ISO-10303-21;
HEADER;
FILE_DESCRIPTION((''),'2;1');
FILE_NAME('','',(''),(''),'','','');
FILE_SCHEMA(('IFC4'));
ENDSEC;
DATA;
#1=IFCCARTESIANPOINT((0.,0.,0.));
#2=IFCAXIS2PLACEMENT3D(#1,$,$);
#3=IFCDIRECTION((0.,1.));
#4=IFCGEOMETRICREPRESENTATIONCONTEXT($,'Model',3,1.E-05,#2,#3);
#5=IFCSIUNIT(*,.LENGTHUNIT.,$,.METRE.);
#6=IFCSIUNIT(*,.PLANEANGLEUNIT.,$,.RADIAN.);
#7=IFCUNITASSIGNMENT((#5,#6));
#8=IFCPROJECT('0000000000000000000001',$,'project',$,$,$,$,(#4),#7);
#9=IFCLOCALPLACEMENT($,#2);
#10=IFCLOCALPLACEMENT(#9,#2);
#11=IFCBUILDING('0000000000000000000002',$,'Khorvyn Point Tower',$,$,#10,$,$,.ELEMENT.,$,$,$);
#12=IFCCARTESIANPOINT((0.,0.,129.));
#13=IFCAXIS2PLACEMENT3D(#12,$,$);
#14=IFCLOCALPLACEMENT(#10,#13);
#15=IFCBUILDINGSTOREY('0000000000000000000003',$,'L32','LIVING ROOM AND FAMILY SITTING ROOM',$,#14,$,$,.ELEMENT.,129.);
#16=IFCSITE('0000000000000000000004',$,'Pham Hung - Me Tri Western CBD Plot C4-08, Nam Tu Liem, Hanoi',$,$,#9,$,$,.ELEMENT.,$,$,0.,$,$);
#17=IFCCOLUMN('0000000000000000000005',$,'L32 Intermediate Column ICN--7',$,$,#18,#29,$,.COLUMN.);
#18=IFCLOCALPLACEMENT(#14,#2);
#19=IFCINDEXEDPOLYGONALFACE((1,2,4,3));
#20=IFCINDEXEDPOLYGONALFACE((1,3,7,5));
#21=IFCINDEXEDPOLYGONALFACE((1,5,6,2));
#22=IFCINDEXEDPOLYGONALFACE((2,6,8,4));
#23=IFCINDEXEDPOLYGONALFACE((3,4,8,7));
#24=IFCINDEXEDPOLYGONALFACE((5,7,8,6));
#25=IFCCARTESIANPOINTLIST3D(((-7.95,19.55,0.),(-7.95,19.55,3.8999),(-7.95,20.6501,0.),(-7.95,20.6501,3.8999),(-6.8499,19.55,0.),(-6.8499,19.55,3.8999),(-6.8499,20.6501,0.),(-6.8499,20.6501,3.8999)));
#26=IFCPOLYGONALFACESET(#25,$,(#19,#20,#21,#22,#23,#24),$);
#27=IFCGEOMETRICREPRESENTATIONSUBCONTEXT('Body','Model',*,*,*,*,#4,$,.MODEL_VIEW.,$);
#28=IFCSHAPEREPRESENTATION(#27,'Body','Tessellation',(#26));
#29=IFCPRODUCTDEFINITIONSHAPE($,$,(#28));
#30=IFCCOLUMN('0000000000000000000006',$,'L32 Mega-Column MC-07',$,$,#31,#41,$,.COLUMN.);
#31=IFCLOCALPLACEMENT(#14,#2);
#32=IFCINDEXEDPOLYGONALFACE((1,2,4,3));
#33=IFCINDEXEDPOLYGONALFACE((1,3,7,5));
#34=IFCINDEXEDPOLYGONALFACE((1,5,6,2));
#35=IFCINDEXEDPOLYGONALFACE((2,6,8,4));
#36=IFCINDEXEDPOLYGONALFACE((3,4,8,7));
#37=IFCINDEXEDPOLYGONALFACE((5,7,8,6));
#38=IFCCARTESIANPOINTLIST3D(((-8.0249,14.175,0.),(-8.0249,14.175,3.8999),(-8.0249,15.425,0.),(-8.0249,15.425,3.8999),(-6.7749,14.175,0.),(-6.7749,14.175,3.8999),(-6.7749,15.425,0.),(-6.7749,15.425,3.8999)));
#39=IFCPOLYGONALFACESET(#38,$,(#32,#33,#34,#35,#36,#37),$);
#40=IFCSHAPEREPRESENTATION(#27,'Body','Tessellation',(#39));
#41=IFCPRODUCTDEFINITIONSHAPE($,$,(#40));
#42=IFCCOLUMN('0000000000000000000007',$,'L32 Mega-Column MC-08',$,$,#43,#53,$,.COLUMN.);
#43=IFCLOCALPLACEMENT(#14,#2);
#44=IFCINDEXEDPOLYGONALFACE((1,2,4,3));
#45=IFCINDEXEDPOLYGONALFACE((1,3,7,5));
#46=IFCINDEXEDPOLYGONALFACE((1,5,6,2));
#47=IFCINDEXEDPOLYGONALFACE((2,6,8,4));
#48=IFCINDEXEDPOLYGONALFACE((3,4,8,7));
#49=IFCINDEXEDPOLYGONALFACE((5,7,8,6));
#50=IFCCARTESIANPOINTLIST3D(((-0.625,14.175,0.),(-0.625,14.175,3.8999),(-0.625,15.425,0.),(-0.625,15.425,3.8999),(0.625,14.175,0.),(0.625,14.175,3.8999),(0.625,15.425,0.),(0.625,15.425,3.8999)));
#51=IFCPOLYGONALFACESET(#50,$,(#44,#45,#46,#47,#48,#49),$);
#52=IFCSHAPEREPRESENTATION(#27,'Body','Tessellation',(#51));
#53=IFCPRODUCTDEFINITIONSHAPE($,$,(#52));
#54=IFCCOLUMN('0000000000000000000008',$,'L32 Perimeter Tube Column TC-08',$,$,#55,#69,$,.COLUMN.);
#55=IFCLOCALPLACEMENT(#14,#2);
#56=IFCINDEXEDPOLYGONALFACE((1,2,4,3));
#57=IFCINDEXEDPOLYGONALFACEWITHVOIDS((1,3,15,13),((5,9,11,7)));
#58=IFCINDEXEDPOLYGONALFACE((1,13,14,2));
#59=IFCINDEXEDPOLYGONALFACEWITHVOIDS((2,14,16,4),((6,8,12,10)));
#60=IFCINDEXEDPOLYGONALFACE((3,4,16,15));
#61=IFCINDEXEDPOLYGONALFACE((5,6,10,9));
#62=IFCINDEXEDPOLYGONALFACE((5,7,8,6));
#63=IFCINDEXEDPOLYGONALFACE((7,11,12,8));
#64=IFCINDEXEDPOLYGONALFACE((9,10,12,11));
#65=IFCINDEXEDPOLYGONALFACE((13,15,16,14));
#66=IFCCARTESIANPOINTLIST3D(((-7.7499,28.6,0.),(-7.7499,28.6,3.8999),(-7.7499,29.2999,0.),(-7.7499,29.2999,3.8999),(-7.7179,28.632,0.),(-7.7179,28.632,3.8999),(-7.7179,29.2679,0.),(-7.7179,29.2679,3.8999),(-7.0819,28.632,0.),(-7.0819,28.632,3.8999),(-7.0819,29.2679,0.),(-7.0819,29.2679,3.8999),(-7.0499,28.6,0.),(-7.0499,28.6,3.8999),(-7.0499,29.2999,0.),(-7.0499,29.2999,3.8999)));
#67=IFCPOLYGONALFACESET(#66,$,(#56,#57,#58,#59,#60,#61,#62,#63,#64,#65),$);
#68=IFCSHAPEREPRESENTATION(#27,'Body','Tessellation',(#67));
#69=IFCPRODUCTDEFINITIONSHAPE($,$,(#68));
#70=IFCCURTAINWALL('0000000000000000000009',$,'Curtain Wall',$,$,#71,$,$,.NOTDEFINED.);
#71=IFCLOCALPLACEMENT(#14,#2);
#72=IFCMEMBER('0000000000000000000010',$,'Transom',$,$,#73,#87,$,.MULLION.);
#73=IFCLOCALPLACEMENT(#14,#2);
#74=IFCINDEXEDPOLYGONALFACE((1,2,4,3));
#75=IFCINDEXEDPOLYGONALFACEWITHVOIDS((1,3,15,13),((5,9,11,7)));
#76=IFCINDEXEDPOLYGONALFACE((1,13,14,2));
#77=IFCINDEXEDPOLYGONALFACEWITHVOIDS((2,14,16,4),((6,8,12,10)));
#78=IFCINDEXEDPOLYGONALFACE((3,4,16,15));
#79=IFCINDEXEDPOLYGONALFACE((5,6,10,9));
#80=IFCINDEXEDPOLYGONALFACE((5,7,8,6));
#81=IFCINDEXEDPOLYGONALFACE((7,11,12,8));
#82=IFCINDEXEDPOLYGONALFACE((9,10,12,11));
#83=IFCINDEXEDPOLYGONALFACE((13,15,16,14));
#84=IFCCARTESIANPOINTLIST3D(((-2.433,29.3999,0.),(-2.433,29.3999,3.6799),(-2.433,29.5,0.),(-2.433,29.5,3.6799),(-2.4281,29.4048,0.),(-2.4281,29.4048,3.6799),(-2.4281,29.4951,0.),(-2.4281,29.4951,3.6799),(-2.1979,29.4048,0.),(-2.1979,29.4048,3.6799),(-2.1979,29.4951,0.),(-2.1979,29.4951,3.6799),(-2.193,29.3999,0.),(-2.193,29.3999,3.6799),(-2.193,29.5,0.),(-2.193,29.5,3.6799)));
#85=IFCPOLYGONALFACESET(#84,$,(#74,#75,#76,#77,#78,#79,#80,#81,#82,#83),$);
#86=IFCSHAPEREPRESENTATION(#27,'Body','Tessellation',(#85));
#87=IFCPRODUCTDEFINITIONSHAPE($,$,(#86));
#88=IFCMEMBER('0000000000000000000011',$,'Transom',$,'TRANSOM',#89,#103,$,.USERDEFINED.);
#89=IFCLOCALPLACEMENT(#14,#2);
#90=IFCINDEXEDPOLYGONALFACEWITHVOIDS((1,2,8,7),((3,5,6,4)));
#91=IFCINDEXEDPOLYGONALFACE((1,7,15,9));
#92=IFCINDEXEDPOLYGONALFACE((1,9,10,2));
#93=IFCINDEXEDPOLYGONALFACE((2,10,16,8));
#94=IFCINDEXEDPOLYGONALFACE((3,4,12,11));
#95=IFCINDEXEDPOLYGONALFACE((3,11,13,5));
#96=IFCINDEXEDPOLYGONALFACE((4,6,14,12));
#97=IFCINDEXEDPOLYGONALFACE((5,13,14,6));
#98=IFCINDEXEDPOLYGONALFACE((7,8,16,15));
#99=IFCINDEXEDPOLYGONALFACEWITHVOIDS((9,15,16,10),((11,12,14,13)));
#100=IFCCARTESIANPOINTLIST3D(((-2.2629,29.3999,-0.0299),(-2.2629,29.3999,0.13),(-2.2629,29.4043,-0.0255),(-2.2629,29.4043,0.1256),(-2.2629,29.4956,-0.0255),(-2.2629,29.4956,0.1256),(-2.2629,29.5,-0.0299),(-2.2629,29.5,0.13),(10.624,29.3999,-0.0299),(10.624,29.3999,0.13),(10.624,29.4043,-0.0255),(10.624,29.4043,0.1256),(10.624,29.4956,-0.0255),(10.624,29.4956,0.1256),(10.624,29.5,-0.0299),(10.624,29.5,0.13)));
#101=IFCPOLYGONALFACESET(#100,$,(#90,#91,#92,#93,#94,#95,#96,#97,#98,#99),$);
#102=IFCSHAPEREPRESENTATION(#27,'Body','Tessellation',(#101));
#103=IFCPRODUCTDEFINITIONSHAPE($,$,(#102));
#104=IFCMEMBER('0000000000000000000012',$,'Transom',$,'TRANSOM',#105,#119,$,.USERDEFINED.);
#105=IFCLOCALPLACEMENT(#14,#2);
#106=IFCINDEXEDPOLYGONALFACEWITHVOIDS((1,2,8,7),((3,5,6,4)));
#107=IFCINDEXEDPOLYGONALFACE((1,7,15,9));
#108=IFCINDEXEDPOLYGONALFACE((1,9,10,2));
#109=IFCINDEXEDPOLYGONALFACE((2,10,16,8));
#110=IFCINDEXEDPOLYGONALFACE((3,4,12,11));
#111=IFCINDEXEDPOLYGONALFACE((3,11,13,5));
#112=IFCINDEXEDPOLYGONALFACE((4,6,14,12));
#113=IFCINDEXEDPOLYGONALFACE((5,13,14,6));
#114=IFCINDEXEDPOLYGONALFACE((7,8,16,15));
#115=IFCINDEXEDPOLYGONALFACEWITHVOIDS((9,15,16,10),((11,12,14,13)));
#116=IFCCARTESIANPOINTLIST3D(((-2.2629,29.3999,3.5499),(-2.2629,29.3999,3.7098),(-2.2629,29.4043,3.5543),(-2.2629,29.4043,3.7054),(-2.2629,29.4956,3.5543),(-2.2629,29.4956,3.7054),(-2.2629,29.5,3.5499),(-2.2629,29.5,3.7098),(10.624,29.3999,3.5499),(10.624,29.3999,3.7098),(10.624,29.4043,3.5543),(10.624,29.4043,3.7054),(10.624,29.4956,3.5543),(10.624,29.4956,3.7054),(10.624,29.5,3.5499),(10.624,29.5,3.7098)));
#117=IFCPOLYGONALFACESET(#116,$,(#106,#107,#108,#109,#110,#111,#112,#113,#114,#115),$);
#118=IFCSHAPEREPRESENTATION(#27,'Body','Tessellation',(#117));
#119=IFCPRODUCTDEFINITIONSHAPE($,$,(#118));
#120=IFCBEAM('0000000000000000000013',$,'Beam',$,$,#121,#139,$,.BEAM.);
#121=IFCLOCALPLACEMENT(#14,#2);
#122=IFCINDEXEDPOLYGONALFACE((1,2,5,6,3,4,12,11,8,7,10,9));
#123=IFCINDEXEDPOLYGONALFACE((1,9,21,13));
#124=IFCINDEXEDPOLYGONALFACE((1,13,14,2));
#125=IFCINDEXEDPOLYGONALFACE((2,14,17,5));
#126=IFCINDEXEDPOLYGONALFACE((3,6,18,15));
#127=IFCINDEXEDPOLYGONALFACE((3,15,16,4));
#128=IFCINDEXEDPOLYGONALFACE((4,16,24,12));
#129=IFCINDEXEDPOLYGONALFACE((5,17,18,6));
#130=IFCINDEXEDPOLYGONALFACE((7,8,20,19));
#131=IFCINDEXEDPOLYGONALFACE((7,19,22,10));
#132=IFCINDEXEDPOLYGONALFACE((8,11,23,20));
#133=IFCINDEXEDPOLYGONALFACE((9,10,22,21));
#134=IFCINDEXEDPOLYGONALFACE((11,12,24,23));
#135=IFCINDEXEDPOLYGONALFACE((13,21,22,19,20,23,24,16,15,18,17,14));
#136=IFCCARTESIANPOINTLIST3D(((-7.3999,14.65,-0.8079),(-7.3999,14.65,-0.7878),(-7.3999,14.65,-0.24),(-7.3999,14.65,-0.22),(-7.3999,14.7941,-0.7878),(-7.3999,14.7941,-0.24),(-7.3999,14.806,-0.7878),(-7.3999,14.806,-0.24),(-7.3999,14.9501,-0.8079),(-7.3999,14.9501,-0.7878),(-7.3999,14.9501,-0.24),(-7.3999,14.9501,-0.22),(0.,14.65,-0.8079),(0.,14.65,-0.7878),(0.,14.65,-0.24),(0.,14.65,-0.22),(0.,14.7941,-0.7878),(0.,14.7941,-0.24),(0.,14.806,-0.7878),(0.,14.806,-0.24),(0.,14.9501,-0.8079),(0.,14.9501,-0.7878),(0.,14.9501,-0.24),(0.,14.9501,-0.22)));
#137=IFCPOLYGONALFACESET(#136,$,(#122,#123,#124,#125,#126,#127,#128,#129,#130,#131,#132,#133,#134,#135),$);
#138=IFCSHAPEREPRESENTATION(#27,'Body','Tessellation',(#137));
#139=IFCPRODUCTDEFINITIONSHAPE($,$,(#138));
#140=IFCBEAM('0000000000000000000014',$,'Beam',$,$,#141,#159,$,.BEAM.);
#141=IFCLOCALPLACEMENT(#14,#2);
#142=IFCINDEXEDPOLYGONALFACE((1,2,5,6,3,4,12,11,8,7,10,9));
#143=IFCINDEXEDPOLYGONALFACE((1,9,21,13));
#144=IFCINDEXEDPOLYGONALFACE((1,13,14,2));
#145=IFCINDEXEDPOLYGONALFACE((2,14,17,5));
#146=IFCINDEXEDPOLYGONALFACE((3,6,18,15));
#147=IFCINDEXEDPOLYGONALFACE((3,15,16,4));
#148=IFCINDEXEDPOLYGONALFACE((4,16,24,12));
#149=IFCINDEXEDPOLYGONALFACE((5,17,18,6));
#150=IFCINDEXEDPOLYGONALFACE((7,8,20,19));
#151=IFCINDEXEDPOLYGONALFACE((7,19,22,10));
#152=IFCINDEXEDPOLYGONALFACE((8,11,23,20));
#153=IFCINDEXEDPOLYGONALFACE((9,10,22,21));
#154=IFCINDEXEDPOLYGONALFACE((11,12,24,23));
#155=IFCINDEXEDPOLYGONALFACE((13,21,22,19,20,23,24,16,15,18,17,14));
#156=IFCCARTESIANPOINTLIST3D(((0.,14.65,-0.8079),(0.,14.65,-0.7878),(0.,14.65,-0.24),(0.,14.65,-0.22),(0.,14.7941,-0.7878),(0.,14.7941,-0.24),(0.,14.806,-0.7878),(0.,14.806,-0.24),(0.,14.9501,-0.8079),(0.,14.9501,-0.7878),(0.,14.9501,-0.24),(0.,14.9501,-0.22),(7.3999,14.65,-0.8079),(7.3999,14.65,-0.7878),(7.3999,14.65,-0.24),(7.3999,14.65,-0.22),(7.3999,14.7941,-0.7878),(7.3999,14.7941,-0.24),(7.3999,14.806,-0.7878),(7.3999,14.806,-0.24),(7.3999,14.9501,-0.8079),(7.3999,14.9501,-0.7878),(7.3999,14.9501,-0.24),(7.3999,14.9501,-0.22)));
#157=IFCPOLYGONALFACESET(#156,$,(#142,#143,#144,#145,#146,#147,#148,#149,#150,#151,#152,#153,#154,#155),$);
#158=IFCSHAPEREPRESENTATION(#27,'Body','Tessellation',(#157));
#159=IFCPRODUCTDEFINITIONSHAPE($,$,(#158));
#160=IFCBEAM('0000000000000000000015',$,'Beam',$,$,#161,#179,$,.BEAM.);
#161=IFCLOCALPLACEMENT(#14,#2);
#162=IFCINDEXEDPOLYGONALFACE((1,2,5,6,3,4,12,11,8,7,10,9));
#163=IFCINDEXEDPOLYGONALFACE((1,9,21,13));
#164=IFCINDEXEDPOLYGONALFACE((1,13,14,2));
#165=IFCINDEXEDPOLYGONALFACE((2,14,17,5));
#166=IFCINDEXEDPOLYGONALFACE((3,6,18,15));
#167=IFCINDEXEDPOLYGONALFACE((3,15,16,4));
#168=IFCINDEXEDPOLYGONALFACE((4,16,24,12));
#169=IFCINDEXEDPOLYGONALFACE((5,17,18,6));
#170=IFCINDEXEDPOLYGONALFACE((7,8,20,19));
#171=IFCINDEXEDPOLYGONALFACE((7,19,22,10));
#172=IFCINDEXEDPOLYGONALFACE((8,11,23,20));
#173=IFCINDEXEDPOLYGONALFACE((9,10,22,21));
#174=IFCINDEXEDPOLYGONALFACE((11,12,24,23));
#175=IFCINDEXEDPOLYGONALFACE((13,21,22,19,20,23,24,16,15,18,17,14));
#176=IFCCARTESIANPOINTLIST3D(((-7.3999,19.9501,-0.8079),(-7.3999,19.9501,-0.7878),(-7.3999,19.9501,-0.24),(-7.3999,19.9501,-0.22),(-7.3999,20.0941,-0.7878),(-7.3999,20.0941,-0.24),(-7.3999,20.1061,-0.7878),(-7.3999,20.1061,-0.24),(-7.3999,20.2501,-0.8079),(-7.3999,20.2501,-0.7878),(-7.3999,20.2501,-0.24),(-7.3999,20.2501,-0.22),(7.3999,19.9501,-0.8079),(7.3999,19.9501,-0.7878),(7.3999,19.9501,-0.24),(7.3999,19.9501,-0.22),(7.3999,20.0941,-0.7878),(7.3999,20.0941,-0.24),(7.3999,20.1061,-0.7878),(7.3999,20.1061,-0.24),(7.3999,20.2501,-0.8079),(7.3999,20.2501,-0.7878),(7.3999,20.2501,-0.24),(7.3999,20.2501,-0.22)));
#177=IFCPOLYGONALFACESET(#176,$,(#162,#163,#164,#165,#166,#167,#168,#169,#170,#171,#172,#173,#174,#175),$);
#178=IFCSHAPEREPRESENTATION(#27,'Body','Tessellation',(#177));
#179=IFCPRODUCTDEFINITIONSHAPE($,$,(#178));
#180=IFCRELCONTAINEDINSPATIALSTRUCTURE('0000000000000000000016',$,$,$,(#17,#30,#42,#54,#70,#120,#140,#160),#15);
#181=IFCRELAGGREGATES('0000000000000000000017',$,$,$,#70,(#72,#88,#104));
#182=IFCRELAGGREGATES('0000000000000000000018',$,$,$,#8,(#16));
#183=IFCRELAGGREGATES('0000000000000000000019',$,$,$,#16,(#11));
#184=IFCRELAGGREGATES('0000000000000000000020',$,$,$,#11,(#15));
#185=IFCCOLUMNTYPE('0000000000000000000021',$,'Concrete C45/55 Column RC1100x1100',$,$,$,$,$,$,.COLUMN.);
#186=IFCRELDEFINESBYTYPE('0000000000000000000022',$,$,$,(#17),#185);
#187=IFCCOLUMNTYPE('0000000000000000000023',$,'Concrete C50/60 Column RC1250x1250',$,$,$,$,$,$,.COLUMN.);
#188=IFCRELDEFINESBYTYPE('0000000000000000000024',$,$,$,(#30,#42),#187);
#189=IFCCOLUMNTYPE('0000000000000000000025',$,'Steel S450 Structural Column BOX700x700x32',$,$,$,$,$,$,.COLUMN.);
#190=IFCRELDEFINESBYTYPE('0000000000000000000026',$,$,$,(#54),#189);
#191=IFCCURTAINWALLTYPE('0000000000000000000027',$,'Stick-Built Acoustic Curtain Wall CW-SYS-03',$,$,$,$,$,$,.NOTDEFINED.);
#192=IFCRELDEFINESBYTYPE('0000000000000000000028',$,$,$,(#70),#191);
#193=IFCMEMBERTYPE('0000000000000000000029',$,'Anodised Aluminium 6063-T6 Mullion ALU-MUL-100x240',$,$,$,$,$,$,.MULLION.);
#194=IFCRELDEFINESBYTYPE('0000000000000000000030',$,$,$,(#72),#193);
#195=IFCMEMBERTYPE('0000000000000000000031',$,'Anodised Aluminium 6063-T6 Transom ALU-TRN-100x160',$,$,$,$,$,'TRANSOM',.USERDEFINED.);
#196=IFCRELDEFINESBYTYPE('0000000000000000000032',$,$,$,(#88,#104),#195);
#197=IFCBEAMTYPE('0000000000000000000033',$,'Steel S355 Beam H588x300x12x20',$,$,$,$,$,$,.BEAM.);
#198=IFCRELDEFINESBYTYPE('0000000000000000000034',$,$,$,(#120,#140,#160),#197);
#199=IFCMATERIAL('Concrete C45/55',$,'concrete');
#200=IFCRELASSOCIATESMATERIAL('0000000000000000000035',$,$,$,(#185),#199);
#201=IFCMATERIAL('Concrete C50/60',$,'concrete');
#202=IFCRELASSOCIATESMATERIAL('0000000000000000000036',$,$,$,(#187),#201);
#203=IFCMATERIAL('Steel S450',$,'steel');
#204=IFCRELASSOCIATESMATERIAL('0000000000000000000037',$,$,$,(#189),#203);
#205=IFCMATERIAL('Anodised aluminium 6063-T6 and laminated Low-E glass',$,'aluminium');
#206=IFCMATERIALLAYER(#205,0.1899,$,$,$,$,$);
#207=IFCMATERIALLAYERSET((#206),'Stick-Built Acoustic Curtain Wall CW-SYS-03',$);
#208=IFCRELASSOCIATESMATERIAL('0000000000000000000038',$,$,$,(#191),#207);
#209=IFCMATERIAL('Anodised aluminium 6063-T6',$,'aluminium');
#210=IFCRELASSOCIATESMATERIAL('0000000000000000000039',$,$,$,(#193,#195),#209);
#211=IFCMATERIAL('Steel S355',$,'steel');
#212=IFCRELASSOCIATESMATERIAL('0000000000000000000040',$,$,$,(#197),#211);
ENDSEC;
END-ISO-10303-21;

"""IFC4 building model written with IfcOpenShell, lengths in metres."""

from ifc_helpers import new_model, si_unit, direction, frame, origin, origin_2d, place, context, subcontext, project, spatial, rectangle, hollow_rectangle, i_section, extrude, material, layer, layer_set, material_profile, profile_set, type_object, element, aggregate, save


model = new_model("IFC4")

# Units and contexts
model_context = context("Model", 3, precision=1e-05, world=origin(), true_north=direction((0.0, 1.0)))
body_context = subcontext(model_context, "Body", "Model", "MODEL_VIEW")
ifc_project = project(units=[si_unit("LENGTHUNIT", "METRE"), si_unit("PLANEANGLEUNIT", "RADIAN")], contexts=[model_context])

# Site, building, storey
site_placement = place(None, origin())
site = spatial("IfcSite", under=ifc_project, at=site_placement, Name="Pham Hung - Me Tri Western CBD Plot C4-08, Nam Tu Liem, Hanoi", CompositionType="ELEMENT", RefElevation=0.0)
building_placement = place(site_placement, origin())
building = spatial("IfcBuilding", under=site, at=building_placement, Name="Khorvyn Point Tower", CompositionType="ELEMENT")
storey_placement = place(building_placement, frame((0.0, 0.0, 129.0)))
storey = spatial("IfcBuildingStorey", under=building, at=storey_placement, Name="L32", Description="LIVING ROOM AND FAMILY SITTING ROOM", CompositionType="ELEMENT", Elevation=129.0)

# Columns
ifc_material_1 = material(Name="Concrete C45/55", Category="concrete")
ifc_material_profile_1 = material_profile(ifc_material_1, rectangle(XDim=1.1001, YDim=1.1001, at=origin_2d()))
ifc_profile_set_1 = profile_set([ifc_material_profile_1], Name="Concrete C45/55 RC1100x1100")
column_type_1 = type_object("IfcColumnType", Name="Concrete C45/55 Column RC1100x1100", PredefinedType="COLUMN", material=ifc_profile_set_1)
column_1_placement = place(storey_placement, frame((-7.3999, 20.1001, 0.0), z_axis=(0.0, 0.0, 1.0), x_axis=(1.0, 0.0, 0.0)))
element("IfcColumn", 1, at=column_1_placement, inside=storey, type_object=column_type_1, Name="L32 Intermediate Column ICN--7", PredefinedType="COLUMN", context=body_context, shape_type="SweptSolid", body=[
    extrude(rectangle(XDim=1.1001, YDim=1.1001, at=origin_2d()), origin(), (0.0, 0.0, 1.0), 3.8999),
])
ifc_material_2 = material(Name="Concrete C50/60", Category="concrete")
ifc_material_profile_2 = material_profile(ifc_material_2, rectangle(XDim=1.25, YDim=1.25, at=origin_2d()))
ifc_profile_set_2 = profile_set([ifc_material_profile_2], Name="Concrete C50/60 RC1250x1250")
column_type_2 = type_object("IfcColumnType", Name="Concrete C50/60 Column RC1250x1250", PredefinedType="COLUMN", material=ifc_profile_set_2)
for number, where, z_axis, x_axis, name in (
    (2, (-7.3999, 14.8, 0.0), (0.0, 0.0, 1.0), (1.0, 0.0, 0.0), "L32 Mega-Column MC-07"),
    (3, (0.0, 14.8, 0.0), (0.0, 0.0, 1.0), (1.0, 0.0, 0.0), "L32 Mega-Column MC-08"),
):
    element("IfcColumn", number, at=place(storey_placement, frame(where, z_axis=z_axis, x_axis=x_axis)), inside=storey, type_object=column_type_2, Name=name, PredefinedType="COLUMN", context=body_context, shape_type="SweptSolid", body=[
        extrude(rectangle(XDim=1.25, YDim=1.25, at=origin_2d()), origin(), (0.0, 0.0, 1.0), 3.8999),
    ])
ifc_material_3 = material(Name="Steel S450", Category="steel")
ifc_material_profile_3 = material_profile(ifc_material_3, hollow_rectangle(XDim=0.7, YDim=0.7, WallThickness=0.032, at=origin_2d()))
ifc_profile_set_3 = profile_set([ifc_material_profile_3], Name="Steel S450 BOX700x700x32")
column_type_3 = type_object("IfcColumnType", Name="Steel S450 Structural Column BOX700x700x32", PredefinedType="COLUMN", material=ifc_profile_set_3)
column_2_placement = place(storey_placement, frame((-7.3999, 28.95, 0.0), z_axis=(0.0, 0.0, 1.0), x_axis=(1.0, 0.0, 0.0)))
element("IfcColumn", 4, at=column_2_placement, inside=storey, type_object=column_type_3, Name="L32 Perimeter Tube Column TC-08", PredefinedType="COLUMN", context=body_context, shape_type="SweptSolid", body=[
    extrude(hollow_rectangle(XDim=0.7, YDim=0.7, WallThickness=0.032, at=origin_2d()), origin(), (0.0, 0.0, 1.0), 3.8999),
])

# Curtain wall, members
ifc_material_4 = material(Name="Anodised aluminium 6063-T6 and laminated Low-E glass", Category="aluminium")
ifc_layer_1 = layer(ifc_material_4, 0.1899)
ifc_layer_set_1 = layer_set([ifc_layer_1], Name="Stick-Built Acoustic Curtain Wall CW-SYS-03")
curtain_wall_type = type_object("IfcCurtainWallType", Name="Stick-Built Acoustic Curtain Wall CW-SYS-03", PredefinedType="NOTDEFINED", material=ifc_layer_set_1)
curtain_wall_placement = place(storey_placement, origin())
curtain_wall = element("IfcCurtainWall", 5, at=curtain_wall_placement, inside=storey, type_object=curtain_wall_type, Name="Curtain Wall", PredefinedType="NOTDEFINED")
ifc_material_5 = material(Name="Anodised aluminium 6063-T6", Category="aluminium")
ifc_material_profile_4 = material_profile(ifc_material_5, hollow_rectangle(XDim=0.1001, YDim=0.24, WallThickness=0.0049, at=origin_2d()))
ifc_profile_set_4 = profile_set([ifc_material_profile_4], Name="Anodised aluminium 6063-T6 ALU-MUL-100x240")
member_type_1 = type_object("IfcMemberType", Name="Anodised Aluminium 6063-T6 Mullion ALU-MUL-100x240", PredefinedType="MULLION", material=ifc_profile_set_4)
member_1_placement = place(storey_placement, frame((-2.313, 29.45, 0.0), z_axis=(0.0, 0.0, 1.0), x_axis=(0.0, 1.0, 0.0)))
member_1 = element("IfcMember", 6, at=member_1_placement, type_object=member_type_1, Name="Transom", PredefinedType="MULLION", context=body_context, shape_type="SweptSolid", body=[
    extrude(hollow_rectangle(XDim=0.1001, YDim=0.24, WallThickness=0.0049, at=origin_2d()), origin(), (0.0, 0.0, 1.0), 3.6799),
])
ifc_material_profile_5 = material_profile(ifc_material_5, hollow_rectangle(XDim=0.1001, YDim=0.1599, WallThickness=0.0044, at=origin_2d()))
ifc_profile_set_5 = profile_set([ifc_material_profile_5], Name="Anodised aluminium 6063-T6 ALU-TRN-100x160")
member_type_2 = type_object("IfcMemberType", Name="Anodised Aluminium 6063-T6 Transom ALU-TRN-100x160", ElementType="TRANSOM", PredefinedType="USERDEFINED", material=ifc_profile_set_5)
member_2_placement = place(storey_placement, frame((-2.2629, 29.45, 0.05), z_axis=(1.0, 0.0, 0.0), x_axis=(0.0, 1.0, 0.0)))
member_2 = element("IfcMember", 7, at=member_2_placement, type_object=member_type_2, Name="Transom", ObjectType="TRANSOM", PredefinedType="USERDEFINED", context=body_context, shape_type="SweptSolid", body=[
    extrude(hollow_rectangle(XDim=0.1001, YDim=0.1599, WallThickness=0.0044, at=origin_2d()), origin(), (0.0, 0.0, 1.0), 12.887),
])
member_3_placement = place(storey_placement, frame((-2.2629, 29.45, 3.6299), z_axis=(1.0, 0.0, 0.0), x_axis=(0.0, 1.0, 0.0)))
member_3 = element("IfcMember", 8, at=member_3_placement, type_object=member_type_2, Name="Transom", ObjectType="TRANSOM", PredefinedType="USERDEFINED", context=body_context, shape_type="SweptSolid", body=[
    extrude(hollow_rectangle(XDim=0.1001, YDim=0.1599, WallThickness=0.0044, at=origin_2d()), origin(), (0.0, 0.0, 1.0), 12.887),
])

# Beams
ifc_material_6 = material(Name="Steel S355", Category="steel")
ifc_material_profile_6 = material_profile(ifc_material_6, i_section(OverallWidth=0.3, OverallDepth=0.5879, WebThickness=0.012, FlangeThickness=0.02, at=origin_2d()))
ifc_profile_set_6 = profile_set([ifc_material_profile_6], Name="Steel S355 H588x300x12x20")
beam_type_1 = type_object("IfcBeamType", Name="Steel S355 Beam H588x300x12x20", PredefinedType="BEAM", material=ifc_profile_set_6)
for number, where, z_axis, x_axis, name in (
    (9, (-7.3999, 14.8, -0.5139), (1.0, 0.0, 0.0), (0.0, 1.0, 0.0), "Beam"),
    (10, (0.0, 14.8, -0.5139), (1.0, 0.0, 0.0), (0.0, 1.0, 0.0), "Beam"),
):
    element("IfcBeam", number, at=place(storey_placement, frame(where, z_axis=z_axis, x_axis=x_axis)), inside=storey, type_object=beam_type_1, Name=name, PredefinedType="BEAM", context=body_context, shape_type="SweptSolid", body=[
        extrude(i_section(OverallWidth=0.3, OverallDepth=0.5879, WebThickness=0.012, FlangeThickness=0.02, at=origin_2d()), origin(), (0.0, 0.0, 1.0), 7.3999),
    ])
beam_1_placement = place(storey_placement, frame((-7.3999, 20.1001, -0.5139), z_axis=(1.0, 0.0, 0.0), x_axis=(0.0, 1.0, 0.0)))
element("IfcBeam", 11, at=beam_1_placement, inside=storey, type_object=beam_type_1, Name="Beam", PredefinedType="BEAM", context=body_context, shape_type="SweptSolid", body=[
    extrude(i_section(OverallWidth=0.3, OverallDepth=0.5879, WebThickness=0.012, FlangeThickness=0.02, at=origin_2d()), origin(), (0.0, 0.0, 1.0), 14.7998),
])

aggregate(curtain_wall, [member_1, member_2, member_3])

save(model, "model.ifc")
